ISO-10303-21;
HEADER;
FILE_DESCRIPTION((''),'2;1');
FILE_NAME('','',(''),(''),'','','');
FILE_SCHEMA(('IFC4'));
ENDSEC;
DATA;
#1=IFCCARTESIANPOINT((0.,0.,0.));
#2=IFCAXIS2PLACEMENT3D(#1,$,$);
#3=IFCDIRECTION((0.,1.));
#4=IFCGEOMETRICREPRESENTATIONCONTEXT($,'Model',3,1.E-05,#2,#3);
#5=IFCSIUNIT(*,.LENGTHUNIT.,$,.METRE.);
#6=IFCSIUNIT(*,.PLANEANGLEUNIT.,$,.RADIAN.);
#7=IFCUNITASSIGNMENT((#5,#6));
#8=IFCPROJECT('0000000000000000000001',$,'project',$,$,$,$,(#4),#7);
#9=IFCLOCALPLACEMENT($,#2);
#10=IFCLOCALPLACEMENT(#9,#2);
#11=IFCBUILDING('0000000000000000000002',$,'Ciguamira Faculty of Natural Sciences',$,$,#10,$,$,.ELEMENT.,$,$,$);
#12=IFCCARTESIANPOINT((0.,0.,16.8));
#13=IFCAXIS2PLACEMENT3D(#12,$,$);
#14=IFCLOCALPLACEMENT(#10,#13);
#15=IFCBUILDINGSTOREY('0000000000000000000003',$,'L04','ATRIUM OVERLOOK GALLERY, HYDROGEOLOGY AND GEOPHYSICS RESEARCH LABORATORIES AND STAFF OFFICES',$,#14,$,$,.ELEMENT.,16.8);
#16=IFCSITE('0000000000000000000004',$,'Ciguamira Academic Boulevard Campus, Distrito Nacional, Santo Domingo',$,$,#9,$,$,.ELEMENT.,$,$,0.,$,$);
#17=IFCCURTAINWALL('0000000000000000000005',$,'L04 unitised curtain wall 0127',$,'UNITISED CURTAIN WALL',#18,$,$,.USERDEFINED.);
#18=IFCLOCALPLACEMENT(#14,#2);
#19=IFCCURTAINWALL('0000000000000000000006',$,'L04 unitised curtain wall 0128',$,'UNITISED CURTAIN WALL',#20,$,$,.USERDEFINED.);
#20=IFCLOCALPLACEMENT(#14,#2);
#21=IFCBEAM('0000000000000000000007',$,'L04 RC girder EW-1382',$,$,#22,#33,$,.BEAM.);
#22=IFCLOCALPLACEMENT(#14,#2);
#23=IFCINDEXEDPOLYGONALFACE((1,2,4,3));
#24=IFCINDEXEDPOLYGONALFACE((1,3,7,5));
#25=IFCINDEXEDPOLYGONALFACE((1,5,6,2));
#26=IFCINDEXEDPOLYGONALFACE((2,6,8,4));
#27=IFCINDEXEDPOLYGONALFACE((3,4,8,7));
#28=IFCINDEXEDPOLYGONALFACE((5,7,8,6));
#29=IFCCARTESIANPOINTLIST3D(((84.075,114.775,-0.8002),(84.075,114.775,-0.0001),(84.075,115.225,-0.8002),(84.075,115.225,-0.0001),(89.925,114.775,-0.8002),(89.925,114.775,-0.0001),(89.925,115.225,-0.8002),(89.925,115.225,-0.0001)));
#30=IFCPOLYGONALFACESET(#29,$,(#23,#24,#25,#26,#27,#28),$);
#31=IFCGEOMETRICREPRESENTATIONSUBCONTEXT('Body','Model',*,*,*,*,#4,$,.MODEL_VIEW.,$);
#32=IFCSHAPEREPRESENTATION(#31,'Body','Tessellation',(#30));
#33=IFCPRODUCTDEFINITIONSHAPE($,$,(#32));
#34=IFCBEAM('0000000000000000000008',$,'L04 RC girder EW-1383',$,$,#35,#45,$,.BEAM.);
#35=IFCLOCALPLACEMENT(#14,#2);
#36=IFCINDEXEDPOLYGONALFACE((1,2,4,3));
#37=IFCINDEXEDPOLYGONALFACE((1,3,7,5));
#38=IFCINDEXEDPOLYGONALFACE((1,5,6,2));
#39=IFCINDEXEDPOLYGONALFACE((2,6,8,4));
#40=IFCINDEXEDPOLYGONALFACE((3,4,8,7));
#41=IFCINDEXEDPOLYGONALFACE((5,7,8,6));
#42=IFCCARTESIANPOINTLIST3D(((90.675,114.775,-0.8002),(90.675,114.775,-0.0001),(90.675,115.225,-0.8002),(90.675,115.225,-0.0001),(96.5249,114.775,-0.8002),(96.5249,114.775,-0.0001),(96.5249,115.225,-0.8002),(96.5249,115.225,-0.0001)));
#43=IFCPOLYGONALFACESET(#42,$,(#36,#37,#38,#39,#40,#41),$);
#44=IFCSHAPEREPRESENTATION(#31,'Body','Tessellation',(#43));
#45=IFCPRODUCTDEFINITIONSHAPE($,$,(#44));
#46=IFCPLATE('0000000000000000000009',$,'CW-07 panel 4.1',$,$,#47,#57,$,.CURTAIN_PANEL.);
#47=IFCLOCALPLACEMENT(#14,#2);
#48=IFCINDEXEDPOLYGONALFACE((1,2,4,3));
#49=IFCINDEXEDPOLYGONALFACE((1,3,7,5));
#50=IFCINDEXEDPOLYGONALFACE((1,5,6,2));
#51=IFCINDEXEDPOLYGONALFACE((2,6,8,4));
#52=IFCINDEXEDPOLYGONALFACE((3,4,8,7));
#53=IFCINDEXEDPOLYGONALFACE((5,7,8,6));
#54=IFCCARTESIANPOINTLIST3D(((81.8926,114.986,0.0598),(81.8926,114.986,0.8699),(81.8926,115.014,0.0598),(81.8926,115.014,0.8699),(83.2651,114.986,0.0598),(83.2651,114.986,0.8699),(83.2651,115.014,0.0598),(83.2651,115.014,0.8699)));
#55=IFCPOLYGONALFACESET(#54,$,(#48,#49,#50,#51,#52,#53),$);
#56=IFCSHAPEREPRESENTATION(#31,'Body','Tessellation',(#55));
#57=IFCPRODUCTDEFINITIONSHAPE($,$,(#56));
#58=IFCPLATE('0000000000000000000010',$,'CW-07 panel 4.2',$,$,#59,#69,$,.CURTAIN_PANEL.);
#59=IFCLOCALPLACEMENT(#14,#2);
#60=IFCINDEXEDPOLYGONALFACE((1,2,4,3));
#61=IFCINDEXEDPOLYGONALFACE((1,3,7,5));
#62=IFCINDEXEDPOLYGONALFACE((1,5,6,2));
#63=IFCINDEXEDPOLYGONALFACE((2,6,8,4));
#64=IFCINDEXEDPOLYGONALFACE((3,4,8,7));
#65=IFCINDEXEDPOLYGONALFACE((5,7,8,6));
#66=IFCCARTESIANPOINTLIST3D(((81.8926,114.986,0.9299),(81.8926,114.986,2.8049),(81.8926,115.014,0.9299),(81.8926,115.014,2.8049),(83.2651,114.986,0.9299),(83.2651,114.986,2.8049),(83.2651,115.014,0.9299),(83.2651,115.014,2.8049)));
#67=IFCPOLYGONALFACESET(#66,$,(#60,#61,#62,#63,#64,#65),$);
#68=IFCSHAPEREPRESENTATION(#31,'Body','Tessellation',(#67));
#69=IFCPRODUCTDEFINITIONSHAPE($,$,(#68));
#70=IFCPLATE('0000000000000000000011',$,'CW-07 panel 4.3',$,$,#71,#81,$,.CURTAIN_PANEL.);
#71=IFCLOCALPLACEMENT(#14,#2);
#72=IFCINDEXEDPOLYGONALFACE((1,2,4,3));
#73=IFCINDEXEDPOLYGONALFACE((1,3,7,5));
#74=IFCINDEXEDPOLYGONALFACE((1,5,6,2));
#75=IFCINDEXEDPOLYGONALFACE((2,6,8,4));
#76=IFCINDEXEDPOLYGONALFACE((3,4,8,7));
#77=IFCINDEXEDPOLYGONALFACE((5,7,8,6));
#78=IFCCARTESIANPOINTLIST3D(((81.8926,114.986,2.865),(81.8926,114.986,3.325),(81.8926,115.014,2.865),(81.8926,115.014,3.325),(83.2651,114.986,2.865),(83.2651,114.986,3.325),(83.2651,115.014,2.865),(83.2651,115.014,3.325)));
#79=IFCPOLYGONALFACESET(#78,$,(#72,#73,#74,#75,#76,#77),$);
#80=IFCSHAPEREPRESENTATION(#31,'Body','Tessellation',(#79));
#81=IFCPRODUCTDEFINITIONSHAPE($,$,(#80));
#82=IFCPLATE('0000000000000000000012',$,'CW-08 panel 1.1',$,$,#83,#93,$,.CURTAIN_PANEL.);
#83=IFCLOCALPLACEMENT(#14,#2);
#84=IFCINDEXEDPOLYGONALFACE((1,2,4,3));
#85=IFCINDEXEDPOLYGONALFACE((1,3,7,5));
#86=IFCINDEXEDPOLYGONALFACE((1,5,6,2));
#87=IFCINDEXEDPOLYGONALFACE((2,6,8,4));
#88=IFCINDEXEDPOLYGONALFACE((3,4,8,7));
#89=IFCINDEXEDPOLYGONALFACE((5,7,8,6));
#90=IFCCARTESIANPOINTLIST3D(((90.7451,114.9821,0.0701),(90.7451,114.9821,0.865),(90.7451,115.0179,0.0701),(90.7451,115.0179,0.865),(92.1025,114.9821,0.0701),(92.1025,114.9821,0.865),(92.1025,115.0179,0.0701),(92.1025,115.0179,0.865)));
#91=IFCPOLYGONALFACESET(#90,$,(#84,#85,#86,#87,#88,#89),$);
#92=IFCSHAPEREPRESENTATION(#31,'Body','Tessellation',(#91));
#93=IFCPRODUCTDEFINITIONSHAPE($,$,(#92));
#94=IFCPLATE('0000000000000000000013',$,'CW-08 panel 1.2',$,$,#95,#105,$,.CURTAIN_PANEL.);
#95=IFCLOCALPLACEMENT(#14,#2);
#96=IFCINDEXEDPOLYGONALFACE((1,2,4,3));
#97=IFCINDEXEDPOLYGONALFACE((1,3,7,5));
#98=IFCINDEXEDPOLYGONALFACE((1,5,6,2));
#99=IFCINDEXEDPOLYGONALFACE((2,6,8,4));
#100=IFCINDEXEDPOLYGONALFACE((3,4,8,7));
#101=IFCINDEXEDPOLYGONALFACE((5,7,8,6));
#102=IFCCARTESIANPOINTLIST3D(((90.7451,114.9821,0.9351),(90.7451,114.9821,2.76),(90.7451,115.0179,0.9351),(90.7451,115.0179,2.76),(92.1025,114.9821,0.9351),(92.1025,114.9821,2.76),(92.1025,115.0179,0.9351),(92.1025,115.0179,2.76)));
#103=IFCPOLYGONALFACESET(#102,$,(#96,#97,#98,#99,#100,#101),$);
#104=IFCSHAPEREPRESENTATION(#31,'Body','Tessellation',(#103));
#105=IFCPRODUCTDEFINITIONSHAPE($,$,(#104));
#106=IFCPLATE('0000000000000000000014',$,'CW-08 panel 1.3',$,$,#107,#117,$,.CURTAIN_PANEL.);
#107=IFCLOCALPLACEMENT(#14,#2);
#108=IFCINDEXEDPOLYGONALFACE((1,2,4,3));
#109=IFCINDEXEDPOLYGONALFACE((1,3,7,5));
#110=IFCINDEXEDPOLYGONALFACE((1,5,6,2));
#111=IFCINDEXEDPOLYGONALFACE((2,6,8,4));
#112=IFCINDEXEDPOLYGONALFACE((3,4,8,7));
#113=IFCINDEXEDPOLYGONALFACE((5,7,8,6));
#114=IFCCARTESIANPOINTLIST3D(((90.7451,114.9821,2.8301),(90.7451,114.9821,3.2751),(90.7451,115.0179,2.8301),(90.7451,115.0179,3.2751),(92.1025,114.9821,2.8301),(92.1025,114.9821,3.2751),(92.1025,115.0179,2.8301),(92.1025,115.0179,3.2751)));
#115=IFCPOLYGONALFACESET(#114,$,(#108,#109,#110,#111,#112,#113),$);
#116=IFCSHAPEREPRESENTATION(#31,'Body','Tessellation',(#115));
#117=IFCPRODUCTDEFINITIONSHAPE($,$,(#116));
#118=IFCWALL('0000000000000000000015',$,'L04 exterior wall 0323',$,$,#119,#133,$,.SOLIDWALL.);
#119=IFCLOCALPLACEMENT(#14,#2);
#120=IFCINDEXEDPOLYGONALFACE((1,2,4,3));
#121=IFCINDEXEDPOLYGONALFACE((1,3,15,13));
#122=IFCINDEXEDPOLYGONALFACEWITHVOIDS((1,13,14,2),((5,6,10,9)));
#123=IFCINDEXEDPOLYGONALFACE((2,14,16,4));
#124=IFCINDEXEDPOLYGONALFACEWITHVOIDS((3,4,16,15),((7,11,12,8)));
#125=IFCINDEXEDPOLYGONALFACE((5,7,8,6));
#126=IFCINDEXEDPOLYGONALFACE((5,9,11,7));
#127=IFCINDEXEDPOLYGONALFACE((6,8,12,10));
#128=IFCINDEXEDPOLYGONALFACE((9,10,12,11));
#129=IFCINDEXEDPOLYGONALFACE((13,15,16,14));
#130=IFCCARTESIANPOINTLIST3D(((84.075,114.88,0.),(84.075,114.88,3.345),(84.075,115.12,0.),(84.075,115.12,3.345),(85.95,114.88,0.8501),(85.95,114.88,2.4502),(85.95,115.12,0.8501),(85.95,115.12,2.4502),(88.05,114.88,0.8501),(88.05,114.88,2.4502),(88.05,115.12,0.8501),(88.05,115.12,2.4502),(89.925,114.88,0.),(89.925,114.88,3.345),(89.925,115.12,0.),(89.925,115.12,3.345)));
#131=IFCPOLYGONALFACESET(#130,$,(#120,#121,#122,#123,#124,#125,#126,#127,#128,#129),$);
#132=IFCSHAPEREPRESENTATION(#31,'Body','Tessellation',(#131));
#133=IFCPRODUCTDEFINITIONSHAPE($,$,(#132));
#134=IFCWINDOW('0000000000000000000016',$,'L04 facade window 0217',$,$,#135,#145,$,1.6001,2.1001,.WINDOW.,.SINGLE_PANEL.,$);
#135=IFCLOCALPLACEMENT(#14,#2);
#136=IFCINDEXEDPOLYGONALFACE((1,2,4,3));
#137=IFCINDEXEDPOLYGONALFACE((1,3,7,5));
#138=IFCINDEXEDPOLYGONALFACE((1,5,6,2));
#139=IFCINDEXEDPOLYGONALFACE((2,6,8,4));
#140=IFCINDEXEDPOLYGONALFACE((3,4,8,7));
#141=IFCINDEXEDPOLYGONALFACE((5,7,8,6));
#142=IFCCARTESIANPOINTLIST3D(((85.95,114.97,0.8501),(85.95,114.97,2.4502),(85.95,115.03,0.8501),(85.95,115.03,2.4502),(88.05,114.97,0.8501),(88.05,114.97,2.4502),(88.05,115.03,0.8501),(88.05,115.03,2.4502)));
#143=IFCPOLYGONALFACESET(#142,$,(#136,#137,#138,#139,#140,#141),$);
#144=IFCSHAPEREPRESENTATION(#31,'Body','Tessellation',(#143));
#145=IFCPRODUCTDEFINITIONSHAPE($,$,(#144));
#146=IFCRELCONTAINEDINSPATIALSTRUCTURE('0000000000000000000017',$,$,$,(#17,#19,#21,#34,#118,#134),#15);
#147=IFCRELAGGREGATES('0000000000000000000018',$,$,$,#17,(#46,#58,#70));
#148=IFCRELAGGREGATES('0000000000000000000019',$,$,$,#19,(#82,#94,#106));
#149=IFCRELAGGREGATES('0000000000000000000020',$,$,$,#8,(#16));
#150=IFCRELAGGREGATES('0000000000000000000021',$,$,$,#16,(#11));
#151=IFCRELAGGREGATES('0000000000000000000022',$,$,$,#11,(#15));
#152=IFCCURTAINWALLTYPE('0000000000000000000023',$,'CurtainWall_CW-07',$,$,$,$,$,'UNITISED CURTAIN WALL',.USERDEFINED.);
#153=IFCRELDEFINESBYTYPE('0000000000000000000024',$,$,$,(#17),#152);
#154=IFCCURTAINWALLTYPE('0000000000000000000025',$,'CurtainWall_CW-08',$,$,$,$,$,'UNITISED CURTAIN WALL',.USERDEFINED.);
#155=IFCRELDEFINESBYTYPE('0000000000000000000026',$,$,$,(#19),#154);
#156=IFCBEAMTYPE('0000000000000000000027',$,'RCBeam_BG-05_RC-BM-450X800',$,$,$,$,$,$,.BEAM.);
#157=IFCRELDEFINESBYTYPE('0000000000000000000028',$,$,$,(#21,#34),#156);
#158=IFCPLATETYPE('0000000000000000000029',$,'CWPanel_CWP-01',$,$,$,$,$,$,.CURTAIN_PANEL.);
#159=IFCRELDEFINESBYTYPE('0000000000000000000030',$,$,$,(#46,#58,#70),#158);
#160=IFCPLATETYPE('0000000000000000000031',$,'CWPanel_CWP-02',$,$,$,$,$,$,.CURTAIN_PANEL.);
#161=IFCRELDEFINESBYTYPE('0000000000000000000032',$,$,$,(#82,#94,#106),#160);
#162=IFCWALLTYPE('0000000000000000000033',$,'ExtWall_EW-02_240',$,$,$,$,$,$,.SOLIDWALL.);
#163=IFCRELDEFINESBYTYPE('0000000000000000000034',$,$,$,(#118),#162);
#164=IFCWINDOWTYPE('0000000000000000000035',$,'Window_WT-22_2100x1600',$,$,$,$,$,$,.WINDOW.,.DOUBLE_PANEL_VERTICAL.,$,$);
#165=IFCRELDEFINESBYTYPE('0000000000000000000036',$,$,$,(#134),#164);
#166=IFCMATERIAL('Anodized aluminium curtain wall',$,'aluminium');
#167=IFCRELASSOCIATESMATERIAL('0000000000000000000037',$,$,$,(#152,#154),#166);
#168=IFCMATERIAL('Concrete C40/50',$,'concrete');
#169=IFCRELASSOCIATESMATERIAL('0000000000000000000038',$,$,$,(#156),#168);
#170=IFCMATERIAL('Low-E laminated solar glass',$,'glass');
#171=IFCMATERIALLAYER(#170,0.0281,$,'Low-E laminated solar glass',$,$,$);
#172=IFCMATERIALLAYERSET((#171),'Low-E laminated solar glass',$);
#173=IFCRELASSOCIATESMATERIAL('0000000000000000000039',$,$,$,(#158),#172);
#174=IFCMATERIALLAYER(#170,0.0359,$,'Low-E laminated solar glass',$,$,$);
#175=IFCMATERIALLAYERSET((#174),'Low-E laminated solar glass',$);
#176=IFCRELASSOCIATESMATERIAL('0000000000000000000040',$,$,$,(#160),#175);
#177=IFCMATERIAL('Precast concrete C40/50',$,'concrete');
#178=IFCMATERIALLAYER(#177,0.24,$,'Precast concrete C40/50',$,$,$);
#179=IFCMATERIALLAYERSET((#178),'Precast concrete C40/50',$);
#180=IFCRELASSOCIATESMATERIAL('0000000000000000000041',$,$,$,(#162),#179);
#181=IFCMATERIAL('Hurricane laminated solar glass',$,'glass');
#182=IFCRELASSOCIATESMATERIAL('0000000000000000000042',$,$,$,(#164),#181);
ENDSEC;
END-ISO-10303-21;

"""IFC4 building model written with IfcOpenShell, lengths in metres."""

from ifc_helpers import new_model, si_unit, direction, frame, frame_2d, origin, origin_2d, place, context, subcontext, project, spatial, rectangle, extrude, material, layer, layer_set, material_profile, profile_set, type_object, element, fill, aggregate, save


model = new_model("IFC4")

# Units and contexts
model_context = context("Model", 3, precision=1e-05, world=origin(), true_north=direction((0.0, 1.0)))
body_context = subcontext(model_context, "Body", "Model", "MODEL_VIEW")
ifc_project = project(units=[si_unit("LENGTHUNIT", "METRE"), si_unit("PLANEANGLEUNIT", "RADIAN")], contexts=[model_context])

# Site, building, storey
site_placement = place(None, origin())
site = spatial("IfcSite", under=ifc_project, at=site_placement, Name="Ciguamira Academic Boulevard Campus, Distrito Nacional, Santo Domingo", CompositionType="ELEMENT", RefElevation=0.0)
building_placement = place(site_placement, origin())
building = spatial("IfcBuilding", under=site, at=building_placement, Name="Ciguamira Faculty of Natural Sciences", CompositionType="ELEMENT")
storey_placement = place(building_placement, frame((0.0, 0.0, 16.8)))
storey = spatial("IfcBuildingStorey", under=building, at=storey_placement, Name="L04", Description="ATRIUM OVERLOOK GALLERY, HYDROGEOLOGY AND GEOPHYSICS RESEARCH LABORATORIES AND STAFF OFFICES", CompositionType="ELEMENT", Elevation=16.8)

# Curtain wall
ifc_material_1 = material(Name="Anodized aluminium curtain wall", Category="aluminium")
curtain_wall_type_1 = type_object("IfcCurtainWallType", Name="CurtainWall_CW-07", ElementType="UNITISED CURTAIN WALL", PredefinedType="USERDEFINED", material=ifc_material_1)
curtain_wall_1_placement = place(storey_placement, origin())
curtain_wall_1 = element("IfcCurtainWall", 1, at=curtain_wall_1_placement, inside=storey, type_object=curtain_wall_type_1, Name="L04 unitised curtain wall 0127", ObjectType="UNITISED CURTAIN WALL", PredefinedType="USERDEFINED")

# Curtain wall
curtain_wall_type_2 = type_object("IfcCurtainWallType", Name="CurtainWall_CW-08", ElementType="UNITISED CURTAIN WALL", PredefinedType="USERDEFINED", material=ifc_material_1)
curtain_wall_2_placement = place(storey_placement, origin())
curtain_wall_2 = element("IfcCurtainWall", 2, at=curtain_wall_2_placement, inside=storey, type_object=curtain_wall_type_2, Name="L04 unitised curtain wall 0128", ObjectType="UNITISED CURTAIN WALL", PredefinedType="USERDEFINED")

# Beams
ifc_material_2 = material(Name="Concrete C40/50", Category="concrete")
ifc_material_profile_1 = material_profile(ifc_material_2, rectangle(XDim=0.45, YDim=0.8, at=origin_2d()), Name="RC-BM-450X800")
ifc_profile_set_1 = profile_set([ifc_material_profile_1], Name="Concrete C40/50")
beam_type = type_object("IfcBeamType", Name="RCBeam_BG-05_RC-BM-450X800", PredefinedType="BEAM", material=ifc_profile_set_1)
beam_1_placement = place(storey_placement, frame((84.075, 115.0, -0.4001), z_axis=(1.0, 0.0, 0.0), x_axis=(0.0, 1.0, 0.0)))
element("IfcBeam", 3, at=beam_1_placement, inside=storey, type_object=beam_type, Name="L04 RC girder EW-1382", PredefinedType="BEAM", context=body_context, shape_type="SweptSolid", body=[
    extrude(rectangle(XDim=0.45, YDim=0.8, at=origin_2d()), origin(), (0.0, 0.0, 1.0), 5.8501),
])
beam_2_placement = place(storey_placement, frame((90.675, 115.0, -0.4001), z_axis=(1.0, 0.0, 0.0), x_axis=(0.0, 1.0, 0.0)))
element("IfcBeam", 4, at=beam_2_placement, inside=storey, type_object=beam_type, Name="L04 RC girder EW-1383", PredefinedType="BEAM", context=body_context, shape_type="SweptSolid", body=[
    extrude(rectangle(XDim=0.45, YDim=0.8, at=origin_2d()), origin(), (0.0, 0.0, 1.0), 5.8499),
])

# Plates
ifc_material_3 = material(Name="Low-E laminated solar glass", Category="glass")
ifc_layer_1 = layer(ifc_material_3, 0.0281, Name="Low-E laminated solar glass")
ifc_layer_set_1 = layer_set([ifc_layer_1], Name="Low-E laminated solar glass")
plate_type_1 = type_object("IfcPlateType", Name="CWPanel_CWP-01", PredefinedType="CURTAIN_PANEL", material=ifc_layer_set_1)
plate_1_placement = place(storey_placement, frame((82.5789, 115.0, 0.0598), z_axis=(0.0, 0.0, 1.0), x_axis=(1.0, 0.0, 0.0)))
plate_1 = element("IfcPlate", 5, at=plate_1_placement, type_object=plate_type_1, Name="CW-07 panel 4.1", PredefinedType="CURTAIN_PANEL", context=body_context, shape_type="SweptSolid", body=[
    extrude(rectangle(XDim=1.3726, YDim=0.0281, at=origin_2d()), origin(), (0.0, 0.0, 1.0), 0.8101),
])
plate_2_placement = place(storey_placement, frame((82.5789, 115.0, 0.9299), z_axis=(0.0, 0.0, 1.0), x_axis=(1.0, 0.0, 0.0)))
plate_2 = element("IfcPlate", 6, at=plate_2_placement, type_object=plate_type_1, Name="CW-07 panel 4.2", PredefinedType="CURTAIN_PANEL", context=body_context, shape_type="SweptSolid", body=[
    extrude(rectangle(XDim=1.3726, YDim=0.0281, at=origin_2d()), origin(), (0.0, 0.0, 1.0), 1.875),
])
plate_3_placement = place(storey_placement, frame((82.5789, 115.0, 2.865), z_axis=(0.0, 0.0, 1.0), x_axis=(1.0, 0.0, 0.0)))
plate_3 = element("IfcPlate", 7, at=plate_3_placement, type_object=plate_type_1, Name="CW-07 panel 4.3", PredefinedType="CURTAIN_PANEL", context=body_context, shape_type="SweptSolid", body=[
    extrude(rectangle(XDim=1.3726, YDim=0.0281, at=origin_2d()), origin(), (0.0, 0.0, 1.0), 0.46),
])
aggregate(curtain_wall_1, [plate_1, plate_2, plate_3])
ifc_layer_2 = layer(ifc_material_3, 0.0359, Name="Low-E laminated solar glass")
ifc_layer_set_2 = layer_set([ifc_layer_2], Name="Low-E laminated solar glass")
plate_type_2 = type_object("IfcPlateType", Name="CWPanel_CWP-02", PredefinedType="CURTAIN_PANEL", material=ifc_layer_set_2)
plate_4_placement = place(storey_placement, frame((91.4238, 115.0, 0.0701), z_axis=(0.0, 0.0, 1.0), x_axis=(1.0, 0.0, 0.0)))
plate_4 = element("IfcPlate", 8, at=plate_4_placement, type_object=plate_type_2, Name="CW-08 panel 1.1", PredefinedType="CURTAIN_PANEL", context=body_context, shape_type="SweptSolid", body=[
    extrude(rectangle(XDim=1.3574, YDim=0.0359, at=origin_2d()), origin(), (0.0, 0.0, 1.0), 0.7949),
])
plate_5_placement = place(storey_placement, frame((91.4238, 115.0, 0.9351), z_axis=(0.0, 0.0, 1.0), x_axis=(1.0, 0.0, 0.0)))
plate_5 = element("IfcPlate", 9, at=plate_5_placement, type_object=plate_type_2, Name="CW-08 panel 1.2", PredefinedType="CURTAIN_PANEL", context=body_context, shape_type="SweptSolid", body=[
    extrude(rectangle(XDim=1.3574, YDim=0.0359, at=origin_2d()), origin(), (0.0, 0.0, 1.0), 1.825),
])
plate_6_placement = place(storey_placement, frame((91.4238, 115.0, 2.8301), z_axis=(0.0, 0.0, 1.0), x_axis=(1.0, 0.0, 0.0)))
plate_6 = element("IfcPlate", 10, at=plate_6_placement, type_object=plate_type_2, Name="CW-08 panel 1.3", PredefinedType="CURTAIN_PANEL", context=body_context, shape_type="SweptSolid", body=[
    extrude(rectangle(XDim=1.3574, YDim=0.0359, at=origin_2d()), origin(), (0.0, 0.0, 1.0), 0.4451),
])
aggregate(curtain_wall_2, [plate_4, plate_5, plate_6])

# Wall, opening, window
ifc_material_4 = material(Name="Precast concrete C40/50", Category="concrete")
ifc_layer_3 = layer(ifc_material_4, 0.24, Name="Precast concrete C40/50")
ifc_layer_set_3 = layer_set([ifc_layer_3], Name="Precast concrete C40/50")
wall_type = type_object("IfcWallType", Name="ExtWall_EW-02_240", PredefinedType="SOLIDWALL", material=ifc_layer_set_3)
wall_placement = place(storey_placement, frame((84.075, 115.0, 0.0), z_axis=(0.0, 0.0, 1.0), x_axis=(1.0, 0.0, 0.0)))
wall = element("IfcWall", 11, at=wall_placement, inside=storey, type_object=wall_type, Name="L04 exterior wall 0323", PredefinedType="SOLIDWALL", context=body_context, shape_type="SweptSolid", body=[
    extrude(rectangle(XDim=5.8501, YDim=0.24, at=frame_2d((2.925, 0.0))), origin(), (0.0, 0.0, 1.0), 3.345),
])
opening_placement = place(wall_placement, frame((1.875, 0.0, 0.8501)))
opening = element("IfcOpeningElement", 12, at=opening_placement, cuts=wall, PredefinedType="OPENING", context=body_context, shape_type="SweptSolid", body=[
    extrude(rectangle(XDim=2.1001, YDim=1.6001, at=frame_2d((1.05, 0.8))), frame((0.0, 0.1299, 0.0), z_axis=(0.0, -1.0, 0.0), x_axis=(1.0, 0.0, 0.0)), (0.0, 0.0, 1.0), 0.26),
])
ifc_material_5 = material(Name="Hurricane laminated solar glass", Category="glass")
window_type = type_object("IfcWindowType", Name="Window_WT-22_2100x1600", PartitioningType="DOUBLE_PANEL_VERTICAL", PredefinedType="WINDOW", material=ifc_material_5)
window_placement = place(opening_placement, origin())
window = element("IfcWindow", 13, at=window_placement, inside=storey, type_object=window_type, Name="L04 facade window 0217", OverallHeight=1.6001, OverallWidth=2.1001, PartitioningType="SINGLE_PANEL", PredefinedType="WINDOW", context=body_context, shape_type="SweptSolid", body=[
    extrude(rectangle(XDim=2.1001, YDim=1.6001, at=frame_2d((1.05, 0.8))), frame((0.0, 0.03, 0.0), z_axis=(0.0, -1.0, 0.0), x_axis=(1.0, 0.0, 0.0)), (0.0, 0.0, 1.0), 0.0601),
])
fill(opening, window)

save(model, "model.ifc")
